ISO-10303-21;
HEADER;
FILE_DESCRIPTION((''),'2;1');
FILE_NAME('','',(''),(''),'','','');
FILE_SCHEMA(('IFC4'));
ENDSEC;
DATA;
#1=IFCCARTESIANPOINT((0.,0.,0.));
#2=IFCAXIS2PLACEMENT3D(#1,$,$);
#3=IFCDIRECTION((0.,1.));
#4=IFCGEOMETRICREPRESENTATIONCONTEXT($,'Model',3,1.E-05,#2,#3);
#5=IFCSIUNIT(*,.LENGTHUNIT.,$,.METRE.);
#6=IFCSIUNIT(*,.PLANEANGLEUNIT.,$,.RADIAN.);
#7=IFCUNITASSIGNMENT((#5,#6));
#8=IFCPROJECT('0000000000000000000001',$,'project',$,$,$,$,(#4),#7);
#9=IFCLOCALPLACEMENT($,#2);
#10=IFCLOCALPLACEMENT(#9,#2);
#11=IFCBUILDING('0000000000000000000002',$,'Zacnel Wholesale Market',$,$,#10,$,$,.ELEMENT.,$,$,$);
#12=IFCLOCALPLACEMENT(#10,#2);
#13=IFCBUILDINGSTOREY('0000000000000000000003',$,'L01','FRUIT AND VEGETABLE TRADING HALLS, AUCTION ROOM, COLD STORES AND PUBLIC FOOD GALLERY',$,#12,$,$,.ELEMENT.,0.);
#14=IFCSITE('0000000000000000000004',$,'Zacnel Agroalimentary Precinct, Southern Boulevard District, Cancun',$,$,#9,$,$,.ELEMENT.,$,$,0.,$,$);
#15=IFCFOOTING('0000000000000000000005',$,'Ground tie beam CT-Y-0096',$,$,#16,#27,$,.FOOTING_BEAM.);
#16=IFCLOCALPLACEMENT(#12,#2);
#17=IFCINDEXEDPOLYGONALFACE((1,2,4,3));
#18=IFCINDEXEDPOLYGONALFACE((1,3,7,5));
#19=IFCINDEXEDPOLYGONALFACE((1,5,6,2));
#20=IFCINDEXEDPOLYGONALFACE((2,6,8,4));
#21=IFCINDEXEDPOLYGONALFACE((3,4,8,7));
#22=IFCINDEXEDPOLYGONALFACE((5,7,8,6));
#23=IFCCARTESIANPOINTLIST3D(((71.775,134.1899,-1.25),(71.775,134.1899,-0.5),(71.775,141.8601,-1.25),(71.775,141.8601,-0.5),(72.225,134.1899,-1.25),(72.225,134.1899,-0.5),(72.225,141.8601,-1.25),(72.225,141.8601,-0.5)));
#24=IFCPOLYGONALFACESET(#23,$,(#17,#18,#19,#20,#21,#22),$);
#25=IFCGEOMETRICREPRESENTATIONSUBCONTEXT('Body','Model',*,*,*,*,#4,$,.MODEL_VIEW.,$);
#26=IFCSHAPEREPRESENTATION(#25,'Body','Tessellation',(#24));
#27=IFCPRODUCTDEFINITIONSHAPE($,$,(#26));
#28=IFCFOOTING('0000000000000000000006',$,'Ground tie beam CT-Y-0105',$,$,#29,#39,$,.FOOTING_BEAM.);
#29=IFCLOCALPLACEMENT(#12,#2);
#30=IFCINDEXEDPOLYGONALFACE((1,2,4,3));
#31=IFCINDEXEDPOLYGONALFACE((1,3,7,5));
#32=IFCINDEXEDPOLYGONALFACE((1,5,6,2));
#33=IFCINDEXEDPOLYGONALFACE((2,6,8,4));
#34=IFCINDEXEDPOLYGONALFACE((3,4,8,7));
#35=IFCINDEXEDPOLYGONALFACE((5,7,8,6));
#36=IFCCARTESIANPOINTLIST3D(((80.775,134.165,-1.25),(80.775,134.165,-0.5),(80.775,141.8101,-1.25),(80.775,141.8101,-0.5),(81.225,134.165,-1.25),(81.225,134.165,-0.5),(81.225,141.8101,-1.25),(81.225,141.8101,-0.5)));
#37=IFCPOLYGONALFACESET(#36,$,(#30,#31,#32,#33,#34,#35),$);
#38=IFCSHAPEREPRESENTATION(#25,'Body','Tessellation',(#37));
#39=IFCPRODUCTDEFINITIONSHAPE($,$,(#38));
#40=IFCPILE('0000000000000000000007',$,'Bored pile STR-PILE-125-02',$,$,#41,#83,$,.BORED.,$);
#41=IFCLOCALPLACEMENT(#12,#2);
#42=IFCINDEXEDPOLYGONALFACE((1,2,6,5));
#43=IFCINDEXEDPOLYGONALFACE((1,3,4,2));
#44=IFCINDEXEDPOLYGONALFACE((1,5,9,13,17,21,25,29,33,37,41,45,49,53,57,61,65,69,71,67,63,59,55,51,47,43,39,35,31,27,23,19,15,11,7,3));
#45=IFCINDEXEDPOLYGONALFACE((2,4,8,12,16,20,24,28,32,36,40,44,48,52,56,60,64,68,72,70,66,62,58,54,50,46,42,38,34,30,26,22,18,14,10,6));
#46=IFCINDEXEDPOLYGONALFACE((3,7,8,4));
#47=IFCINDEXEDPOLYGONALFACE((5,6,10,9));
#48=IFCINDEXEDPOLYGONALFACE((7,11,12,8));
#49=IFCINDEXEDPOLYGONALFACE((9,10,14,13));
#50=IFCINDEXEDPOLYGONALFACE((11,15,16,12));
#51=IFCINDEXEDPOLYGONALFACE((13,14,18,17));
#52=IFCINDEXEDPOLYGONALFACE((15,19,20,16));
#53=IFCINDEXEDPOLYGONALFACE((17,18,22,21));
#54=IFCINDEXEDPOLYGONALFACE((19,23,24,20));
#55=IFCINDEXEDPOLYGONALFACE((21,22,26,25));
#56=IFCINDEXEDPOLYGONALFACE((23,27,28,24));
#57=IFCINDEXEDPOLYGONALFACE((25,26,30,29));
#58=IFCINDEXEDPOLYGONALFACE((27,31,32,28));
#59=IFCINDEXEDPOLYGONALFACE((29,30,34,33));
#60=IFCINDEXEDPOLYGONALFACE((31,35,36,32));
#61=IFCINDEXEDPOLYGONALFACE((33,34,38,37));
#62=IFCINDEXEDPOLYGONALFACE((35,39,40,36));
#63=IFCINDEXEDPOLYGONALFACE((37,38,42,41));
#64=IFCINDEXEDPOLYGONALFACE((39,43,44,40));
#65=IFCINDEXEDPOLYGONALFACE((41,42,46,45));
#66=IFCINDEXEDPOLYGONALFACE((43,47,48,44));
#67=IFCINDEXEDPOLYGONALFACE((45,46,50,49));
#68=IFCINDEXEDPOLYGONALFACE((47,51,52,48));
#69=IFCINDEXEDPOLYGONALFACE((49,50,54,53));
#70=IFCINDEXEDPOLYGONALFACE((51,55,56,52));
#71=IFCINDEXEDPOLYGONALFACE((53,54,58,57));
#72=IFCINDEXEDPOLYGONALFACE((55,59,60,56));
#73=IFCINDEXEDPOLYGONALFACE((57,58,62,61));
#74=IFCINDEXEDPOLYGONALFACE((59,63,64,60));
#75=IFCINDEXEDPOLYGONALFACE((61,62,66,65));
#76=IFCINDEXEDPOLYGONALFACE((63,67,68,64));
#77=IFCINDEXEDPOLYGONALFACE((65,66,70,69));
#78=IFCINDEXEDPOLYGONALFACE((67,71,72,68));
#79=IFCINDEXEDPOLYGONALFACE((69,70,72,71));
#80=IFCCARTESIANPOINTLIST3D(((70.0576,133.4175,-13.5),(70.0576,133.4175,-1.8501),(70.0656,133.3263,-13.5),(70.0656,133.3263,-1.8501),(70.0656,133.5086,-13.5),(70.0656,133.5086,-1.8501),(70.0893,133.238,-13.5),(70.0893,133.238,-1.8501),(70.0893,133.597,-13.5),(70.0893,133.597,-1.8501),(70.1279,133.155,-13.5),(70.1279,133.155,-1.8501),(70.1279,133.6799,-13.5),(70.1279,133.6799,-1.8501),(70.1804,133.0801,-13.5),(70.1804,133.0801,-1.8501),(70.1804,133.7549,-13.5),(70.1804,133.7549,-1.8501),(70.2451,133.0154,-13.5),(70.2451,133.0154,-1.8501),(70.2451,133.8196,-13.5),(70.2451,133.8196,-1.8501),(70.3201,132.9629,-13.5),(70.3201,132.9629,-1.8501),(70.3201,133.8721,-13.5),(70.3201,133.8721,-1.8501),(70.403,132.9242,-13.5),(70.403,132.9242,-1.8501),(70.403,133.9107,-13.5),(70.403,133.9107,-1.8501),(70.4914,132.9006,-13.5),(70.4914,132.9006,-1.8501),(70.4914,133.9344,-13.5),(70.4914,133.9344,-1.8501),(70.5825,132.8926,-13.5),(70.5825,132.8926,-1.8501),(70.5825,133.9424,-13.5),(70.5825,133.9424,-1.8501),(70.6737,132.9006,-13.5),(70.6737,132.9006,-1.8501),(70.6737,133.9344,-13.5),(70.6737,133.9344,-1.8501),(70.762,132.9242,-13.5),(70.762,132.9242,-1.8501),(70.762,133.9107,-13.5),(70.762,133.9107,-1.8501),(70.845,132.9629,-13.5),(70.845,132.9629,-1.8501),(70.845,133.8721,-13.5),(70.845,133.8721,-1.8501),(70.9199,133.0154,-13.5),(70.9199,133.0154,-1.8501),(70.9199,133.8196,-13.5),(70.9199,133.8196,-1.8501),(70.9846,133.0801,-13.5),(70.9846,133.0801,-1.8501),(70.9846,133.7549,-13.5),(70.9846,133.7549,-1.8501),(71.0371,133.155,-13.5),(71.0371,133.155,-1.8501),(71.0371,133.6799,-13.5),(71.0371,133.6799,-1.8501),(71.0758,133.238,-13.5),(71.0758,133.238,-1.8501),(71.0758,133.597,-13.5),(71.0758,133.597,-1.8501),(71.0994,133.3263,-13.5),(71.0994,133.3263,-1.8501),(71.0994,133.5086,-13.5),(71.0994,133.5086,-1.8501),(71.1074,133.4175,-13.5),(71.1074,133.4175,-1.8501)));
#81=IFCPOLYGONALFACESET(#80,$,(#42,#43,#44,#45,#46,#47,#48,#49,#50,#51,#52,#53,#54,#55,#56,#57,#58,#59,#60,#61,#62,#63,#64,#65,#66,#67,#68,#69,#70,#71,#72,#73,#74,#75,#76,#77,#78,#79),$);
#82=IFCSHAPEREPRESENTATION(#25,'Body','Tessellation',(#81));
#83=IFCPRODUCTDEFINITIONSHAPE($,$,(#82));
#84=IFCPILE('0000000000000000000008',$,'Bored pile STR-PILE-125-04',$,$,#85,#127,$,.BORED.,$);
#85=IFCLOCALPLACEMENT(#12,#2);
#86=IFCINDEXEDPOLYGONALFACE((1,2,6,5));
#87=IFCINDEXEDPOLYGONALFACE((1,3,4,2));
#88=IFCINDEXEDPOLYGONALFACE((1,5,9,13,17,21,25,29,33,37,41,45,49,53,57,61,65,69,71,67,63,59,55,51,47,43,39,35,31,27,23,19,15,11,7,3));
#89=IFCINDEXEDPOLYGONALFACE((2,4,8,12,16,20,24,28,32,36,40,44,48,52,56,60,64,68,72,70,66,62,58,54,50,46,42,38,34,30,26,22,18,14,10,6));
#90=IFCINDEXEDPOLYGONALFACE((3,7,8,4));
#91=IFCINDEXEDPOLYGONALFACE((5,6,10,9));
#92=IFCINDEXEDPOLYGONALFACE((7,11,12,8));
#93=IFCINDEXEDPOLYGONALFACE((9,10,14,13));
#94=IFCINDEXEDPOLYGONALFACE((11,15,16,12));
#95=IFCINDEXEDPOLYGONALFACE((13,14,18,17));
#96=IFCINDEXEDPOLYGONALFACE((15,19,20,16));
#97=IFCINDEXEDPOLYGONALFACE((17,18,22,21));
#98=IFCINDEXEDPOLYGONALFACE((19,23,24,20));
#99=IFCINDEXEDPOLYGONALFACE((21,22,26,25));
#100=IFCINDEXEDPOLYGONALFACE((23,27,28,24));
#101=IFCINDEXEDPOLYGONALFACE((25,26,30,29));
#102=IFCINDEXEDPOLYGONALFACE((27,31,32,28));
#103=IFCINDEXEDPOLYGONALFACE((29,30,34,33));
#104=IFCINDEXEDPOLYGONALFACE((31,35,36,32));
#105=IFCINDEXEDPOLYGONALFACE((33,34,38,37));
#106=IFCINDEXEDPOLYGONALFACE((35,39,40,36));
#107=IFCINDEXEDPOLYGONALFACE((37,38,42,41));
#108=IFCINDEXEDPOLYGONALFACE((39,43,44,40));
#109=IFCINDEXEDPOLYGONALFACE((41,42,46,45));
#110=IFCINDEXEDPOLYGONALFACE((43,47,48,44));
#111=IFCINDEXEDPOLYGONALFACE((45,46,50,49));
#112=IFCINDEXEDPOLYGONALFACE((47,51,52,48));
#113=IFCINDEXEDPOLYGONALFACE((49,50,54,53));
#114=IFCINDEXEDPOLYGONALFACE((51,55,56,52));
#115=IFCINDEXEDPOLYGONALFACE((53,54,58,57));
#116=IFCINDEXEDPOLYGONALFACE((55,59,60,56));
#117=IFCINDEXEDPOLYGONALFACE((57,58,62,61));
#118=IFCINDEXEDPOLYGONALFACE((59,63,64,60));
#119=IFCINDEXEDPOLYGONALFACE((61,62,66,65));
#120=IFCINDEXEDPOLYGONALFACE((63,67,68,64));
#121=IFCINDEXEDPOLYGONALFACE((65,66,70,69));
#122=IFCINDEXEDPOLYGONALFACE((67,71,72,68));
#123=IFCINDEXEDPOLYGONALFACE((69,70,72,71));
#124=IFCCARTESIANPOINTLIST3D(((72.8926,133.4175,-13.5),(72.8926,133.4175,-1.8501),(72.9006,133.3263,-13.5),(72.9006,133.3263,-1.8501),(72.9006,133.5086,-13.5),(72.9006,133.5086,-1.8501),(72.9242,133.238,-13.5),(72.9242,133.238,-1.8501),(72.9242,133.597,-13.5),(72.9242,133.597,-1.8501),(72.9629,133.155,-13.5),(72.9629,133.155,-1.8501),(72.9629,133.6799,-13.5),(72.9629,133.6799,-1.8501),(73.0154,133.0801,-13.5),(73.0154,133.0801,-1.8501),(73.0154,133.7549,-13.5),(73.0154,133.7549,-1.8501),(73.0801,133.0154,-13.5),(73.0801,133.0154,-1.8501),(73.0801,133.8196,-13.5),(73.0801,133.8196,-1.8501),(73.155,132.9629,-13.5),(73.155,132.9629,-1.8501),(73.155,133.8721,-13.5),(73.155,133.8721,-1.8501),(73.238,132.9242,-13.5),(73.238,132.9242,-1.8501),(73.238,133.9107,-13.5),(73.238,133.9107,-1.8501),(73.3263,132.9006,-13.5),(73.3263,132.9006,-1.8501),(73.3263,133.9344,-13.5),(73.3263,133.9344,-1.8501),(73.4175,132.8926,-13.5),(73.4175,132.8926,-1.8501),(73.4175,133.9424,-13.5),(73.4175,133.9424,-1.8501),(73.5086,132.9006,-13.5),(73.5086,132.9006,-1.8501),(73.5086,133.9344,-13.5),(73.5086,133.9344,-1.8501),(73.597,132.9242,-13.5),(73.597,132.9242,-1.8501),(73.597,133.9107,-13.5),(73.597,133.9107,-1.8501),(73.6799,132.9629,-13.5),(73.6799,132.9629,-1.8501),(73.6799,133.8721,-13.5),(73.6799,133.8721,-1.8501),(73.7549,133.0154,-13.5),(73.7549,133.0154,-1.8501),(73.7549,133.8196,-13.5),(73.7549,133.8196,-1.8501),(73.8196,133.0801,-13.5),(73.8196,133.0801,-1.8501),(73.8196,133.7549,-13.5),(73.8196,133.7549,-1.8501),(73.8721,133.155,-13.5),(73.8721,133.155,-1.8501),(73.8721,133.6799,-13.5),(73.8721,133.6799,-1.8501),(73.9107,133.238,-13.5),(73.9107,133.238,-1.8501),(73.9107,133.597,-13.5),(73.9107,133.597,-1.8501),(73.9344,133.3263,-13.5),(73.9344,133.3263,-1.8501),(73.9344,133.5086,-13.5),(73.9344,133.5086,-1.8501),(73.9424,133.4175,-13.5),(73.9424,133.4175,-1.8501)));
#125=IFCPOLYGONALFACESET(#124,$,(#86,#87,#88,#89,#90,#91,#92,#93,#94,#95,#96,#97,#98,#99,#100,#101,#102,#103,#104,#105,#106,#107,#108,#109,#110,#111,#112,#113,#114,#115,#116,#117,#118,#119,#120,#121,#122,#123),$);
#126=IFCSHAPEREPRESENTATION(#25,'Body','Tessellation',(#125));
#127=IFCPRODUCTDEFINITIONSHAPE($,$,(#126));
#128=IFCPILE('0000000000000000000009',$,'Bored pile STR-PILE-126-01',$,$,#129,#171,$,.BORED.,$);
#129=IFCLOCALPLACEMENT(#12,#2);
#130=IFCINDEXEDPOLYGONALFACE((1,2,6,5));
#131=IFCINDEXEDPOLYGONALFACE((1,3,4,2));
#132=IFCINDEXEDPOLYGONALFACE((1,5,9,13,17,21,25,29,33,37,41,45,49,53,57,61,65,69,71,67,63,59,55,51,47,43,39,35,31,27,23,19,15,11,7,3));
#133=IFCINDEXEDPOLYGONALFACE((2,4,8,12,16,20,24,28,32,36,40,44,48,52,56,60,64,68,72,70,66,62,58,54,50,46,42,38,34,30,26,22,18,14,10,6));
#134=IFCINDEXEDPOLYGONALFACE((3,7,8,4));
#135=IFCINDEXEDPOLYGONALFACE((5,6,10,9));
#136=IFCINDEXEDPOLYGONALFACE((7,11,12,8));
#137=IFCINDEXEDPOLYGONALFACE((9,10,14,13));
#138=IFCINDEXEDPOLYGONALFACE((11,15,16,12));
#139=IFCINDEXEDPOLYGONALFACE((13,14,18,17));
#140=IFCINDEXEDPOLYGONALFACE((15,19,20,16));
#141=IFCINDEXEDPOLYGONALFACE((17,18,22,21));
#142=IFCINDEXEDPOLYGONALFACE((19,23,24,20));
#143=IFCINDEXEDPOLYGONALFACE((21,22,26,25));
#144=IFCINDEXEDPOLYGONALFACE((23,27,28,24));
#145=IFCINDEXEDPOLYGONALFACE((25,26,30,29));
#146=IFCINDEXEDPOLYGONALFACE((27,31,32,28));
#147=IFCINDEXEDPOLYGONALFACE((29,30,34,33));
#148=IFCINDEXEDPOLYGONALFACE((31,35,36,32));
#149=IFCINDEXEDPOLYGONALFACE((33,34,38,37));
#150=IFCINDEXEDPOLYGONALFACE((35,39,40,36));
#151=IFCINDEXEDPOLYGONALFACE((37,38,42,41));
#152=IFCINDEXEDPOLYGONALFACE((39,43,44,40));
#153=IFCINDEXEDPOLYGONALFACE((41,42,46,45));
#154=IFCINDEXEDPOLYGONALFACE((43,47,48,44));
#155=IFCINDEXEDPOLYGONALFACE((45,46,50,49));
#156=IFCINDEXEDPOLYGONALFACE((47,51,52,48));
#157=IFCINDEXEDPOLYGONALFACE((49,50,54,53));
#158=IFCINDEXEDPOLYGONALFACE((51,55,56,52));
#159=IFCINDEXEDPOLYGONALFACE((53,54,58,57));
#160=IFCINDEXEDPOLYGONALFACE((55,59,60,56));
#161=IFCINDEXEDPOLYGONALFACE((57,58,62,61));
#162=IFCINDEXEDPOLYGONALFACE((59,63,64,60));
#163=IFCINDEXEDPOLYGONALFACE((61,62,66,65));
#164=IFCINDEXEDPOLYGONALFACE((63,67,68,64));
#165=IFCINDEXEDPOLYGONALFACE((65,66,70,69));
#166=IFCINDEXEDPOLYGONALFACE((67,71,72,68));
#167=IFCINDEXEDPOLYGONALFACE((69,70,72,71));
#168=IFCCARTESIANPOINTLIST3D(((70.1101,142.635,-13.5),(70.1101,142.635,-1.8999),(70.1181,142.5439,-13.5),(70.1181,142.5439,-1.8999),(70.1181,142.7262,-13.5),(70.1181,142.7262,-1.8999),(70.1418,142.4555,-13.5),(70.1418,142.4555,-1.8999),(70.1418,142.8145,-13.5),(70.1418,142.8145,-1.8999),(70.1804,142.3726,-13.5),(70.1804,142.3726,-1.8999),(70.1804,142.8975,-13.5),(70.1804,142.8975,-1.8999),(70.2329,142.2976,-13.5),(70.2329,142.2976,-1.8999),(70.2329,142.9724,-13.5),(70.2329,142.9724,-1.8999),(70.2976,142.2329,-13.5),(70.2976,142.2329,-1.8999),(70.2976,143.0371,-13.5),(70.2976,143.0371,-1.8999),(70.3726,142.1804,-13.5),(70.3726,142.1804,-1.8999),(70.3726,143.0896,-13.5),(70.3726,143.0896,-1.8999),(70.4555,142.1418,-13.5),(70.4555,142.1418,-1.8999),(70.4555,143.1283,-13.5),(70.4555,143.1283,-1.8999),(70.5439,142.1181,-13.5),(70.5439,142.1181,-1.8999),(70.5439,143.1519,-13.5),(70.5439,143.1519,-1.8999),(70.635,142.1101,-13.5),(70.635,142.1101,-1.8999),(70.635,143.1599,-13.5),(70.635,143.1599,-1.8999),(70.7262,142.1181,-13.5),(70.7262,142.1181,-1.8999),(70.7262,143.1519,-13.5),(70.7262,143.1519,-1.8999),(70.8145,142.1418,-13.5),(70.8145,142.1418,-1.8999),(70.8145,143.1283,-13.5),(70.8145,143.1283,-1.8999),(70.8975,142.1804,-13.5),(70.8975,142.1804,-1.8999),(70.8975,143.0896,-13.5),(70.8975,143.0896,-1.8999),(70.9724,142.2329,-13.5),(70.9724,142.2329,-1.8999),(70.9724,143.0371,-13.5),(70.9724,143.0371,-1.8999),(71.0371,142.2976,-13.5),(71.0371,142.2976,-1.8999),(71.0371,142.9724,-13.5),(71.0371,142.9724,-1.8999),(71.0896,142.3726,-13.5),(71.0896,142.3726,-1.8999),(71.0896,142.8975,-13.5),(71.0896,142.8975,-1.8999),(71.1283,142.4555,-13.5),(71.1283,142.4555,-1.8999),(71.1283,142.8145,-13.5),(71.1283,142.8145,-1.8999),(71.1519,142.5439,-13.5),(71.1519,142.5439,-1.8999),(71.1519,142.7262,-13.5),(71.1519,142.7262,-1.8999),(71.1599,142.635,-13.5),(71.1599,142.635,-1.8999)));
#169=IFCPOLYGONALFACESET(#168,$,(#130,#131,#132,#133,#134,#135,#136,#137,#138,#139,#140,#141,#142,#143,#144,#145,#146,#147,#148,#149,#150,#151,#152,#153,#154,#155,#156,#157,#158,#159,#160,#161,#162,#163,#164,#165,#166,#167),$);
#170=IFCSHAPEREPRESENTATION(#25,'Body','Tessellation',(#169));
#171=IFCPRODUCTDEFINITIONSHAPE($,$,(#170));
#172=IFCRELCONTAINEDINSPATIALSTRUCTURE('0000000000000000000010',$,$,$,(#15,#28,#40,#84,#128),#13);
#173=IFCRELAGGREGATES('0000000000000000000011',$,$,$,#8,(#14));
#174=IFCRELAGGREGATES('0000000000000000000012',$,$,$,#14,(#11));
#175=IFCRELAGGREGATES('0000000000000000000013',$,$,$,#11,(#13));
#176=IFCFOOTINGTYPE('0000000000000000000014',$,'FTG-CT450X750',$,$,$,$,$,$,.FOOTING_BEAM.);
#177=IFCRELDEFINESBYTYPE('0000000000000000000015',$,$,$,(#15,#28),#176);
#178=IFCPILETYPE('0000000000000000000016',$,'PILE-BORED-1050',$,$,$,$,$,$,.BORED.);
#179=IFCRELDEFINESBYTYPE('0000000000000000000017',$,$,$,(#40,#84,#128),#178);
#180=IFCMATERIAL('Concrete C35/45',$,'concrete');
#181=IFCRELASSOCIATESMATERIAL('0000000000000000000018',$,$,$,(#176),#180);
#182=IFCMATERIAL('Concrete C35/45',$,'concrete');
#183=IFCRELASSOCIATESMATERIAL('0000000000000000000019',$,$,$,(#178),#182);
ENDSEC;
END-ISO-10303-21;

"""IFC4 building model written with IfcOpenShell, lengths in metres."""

from ifc_helpers import new_model, si_unit, direction, frame, origin, origin_2d, place, context, subcontext, project, spatial, rectangle, circle, extrude, material, material_profile, profile_set, type_object, element, save


model = new_model("IFC4")

# Units and contexts
model_context = context("Model", 3, precision=1e-05, world=origin(), true_north=direction((0.0, 1.0)))
body_context = subcontext(model_context, "Body", "Model", "MODEL_VIEW")
ifc_project = project(units=[si_unit("LENGTHUNIT", "METRE"), si_unit("PLANEANGLEUNIT", "RADIAN")], contexts=[model_context])

# Site, building, storey
site_placement = place(None, origin())
site = spatial("IfcSite", under=ifc_project, at=site_placement, Name="Zacnel Agroalimentary Precinct, Southern Boulevard District, Cancun", CompositionType="ELEMENT", RefElevation=0.0)
building_placement = place(site_placement, origin())
building = spatial("IfcBuilding", under=site, at=building_placement, Name="Zacnel Wholesale Market", CompositionType="ELEMENT")
storey_placement = place(building_placement, origin())
storey = spatial("IfcBuildingStorey", under=building, at=storey_placement, Name="L01", Description="FRUIT AND VEGETABLE TRADING HALLS, AUCTION ROOM, COLD STORES AND PUBLIC FOOD GALLERY", CompositionType="ELEMENT", Elevation=0.0)

# Footings
ifc_material_1 = material(Name="Concrete C35/45", Category="concrete")
ifc_material_profile_1 = material_profile(ifc_material_1, rectangle(XDim=0.45, YDim=0.75, at=origin_2d()), Name="CT 450x750")
ifc_profile_set_1 = profile_set([ifc_material_profile_1], Name="Concrete C35/45")
footing_type = type_object("IfcFootingType", Name="FTG-CT450X750", PredefinedType="FOOTING_BEAM", material=ifc_profile_set_1)
footing_1_placement = place(storey_placement, frame((72.0, 134.1899, -0.875), z_axis=(0.0, 1.0, 0.0), x_axis=(-1.0, 0.0, 0.0)))
element("IfcFooting", 1, at=footing_1_placement, inside=storey, type_object=footing_type, Name="Ground tie beam CT-Y-0096", PredefinedType="FOOTING_BEAM", context=body_context, shape_type="SweptSolid", body=[
    extrude(rectangle(XDim=0.45, YDim=0.75, at=origin_2d()), origin(), (0.0, 0.0, 1.0), 7.6702),
])
footing_2_placement = place(storey_placement, frame((81.0, 134.165, -0.875), z_axis=(0.0, 1.0, 0.0), x_axis=(-1.0, 0.0, 0.0)))
element("IfcFooting", 2, at=footing_2_placement, inside=storey, type_object=footing_type, Name="Ground tie beam CT-Y-0105", PredefinedType="FOOTING_BEAM", context=body_context, shape_type="SweptSolid", body=[
    extrude(rectangle(XDim=0.45, YDim=0.75, at=origin_2d()), origin(), (0.0, 0.0, 1.0), 7.645),
])

# Piles
ifc_material_2 = material(Name="Concrete C35/45", Category="concrete")
ifc_material_profile_2 = material_profile(ifc_material_2, circle(Radius=0.5249, at=origin_2d()), Name="BORED PILE D1050")
ifc_profile_set_2 = profile_set([ifc_material_profile_2], Name="Concrete C35/45")
pile_type = type_object("IfcPileType", Name="PILE-BORED-1050", PredefinedType="BORED", material=ifc_profile_set_2)
for number, where, z_axis, x_axis, name in (
    (3, (70.5825, 133.4175, -1.8501), (0.0, 0.0, -1.0), (1.0, 0.0, 0.0), "Bored pile STR-PILE-125-02"),
    (4, (73.4175, 133.4175, -1.8501), (0.0, 0.0, -1.0), (1.0, 0.0, 0.0), "Bored pile STR-PILE-125-04"),
):
    element("IfcPile", number, at=place(storey_placement, frame(where, z_axis=z_axis, x_axis=x_axis)), inside=storey, type_object=pile_type, Name=name, PredefinedType="BORED", context=body_context, shape_type="SweptSolid", body=[
        extrude(circle(Radius=0.5249, at=origin_2d()), origin(), (0.0, 0.0, 1.0), 11.6499),
    ])
for number, where, z_axis, x_axis, name in (
    (5, (70.635, 142.635, -1.8999), (0.0, 0.0, -1.0), (1.0, 0.0, 0.0), "Bored pile STR-PILE-126-01"),
):
    element("IfcPile", number, at=place(storey_placement, frame(where, z_axis=z_axis, x_axis=x_axis)), inside=storey, type_object=pile_type, Name=name, PredefinedType="BORED", context=body_context, shape_type="SweptSolid", body=[
        extrude(circle(Radius=0.5249, at=origin_2d()), origin(), (0.0, 0.0, 1.0), 11.6001),
    ])

save(model, "model.ifc")
